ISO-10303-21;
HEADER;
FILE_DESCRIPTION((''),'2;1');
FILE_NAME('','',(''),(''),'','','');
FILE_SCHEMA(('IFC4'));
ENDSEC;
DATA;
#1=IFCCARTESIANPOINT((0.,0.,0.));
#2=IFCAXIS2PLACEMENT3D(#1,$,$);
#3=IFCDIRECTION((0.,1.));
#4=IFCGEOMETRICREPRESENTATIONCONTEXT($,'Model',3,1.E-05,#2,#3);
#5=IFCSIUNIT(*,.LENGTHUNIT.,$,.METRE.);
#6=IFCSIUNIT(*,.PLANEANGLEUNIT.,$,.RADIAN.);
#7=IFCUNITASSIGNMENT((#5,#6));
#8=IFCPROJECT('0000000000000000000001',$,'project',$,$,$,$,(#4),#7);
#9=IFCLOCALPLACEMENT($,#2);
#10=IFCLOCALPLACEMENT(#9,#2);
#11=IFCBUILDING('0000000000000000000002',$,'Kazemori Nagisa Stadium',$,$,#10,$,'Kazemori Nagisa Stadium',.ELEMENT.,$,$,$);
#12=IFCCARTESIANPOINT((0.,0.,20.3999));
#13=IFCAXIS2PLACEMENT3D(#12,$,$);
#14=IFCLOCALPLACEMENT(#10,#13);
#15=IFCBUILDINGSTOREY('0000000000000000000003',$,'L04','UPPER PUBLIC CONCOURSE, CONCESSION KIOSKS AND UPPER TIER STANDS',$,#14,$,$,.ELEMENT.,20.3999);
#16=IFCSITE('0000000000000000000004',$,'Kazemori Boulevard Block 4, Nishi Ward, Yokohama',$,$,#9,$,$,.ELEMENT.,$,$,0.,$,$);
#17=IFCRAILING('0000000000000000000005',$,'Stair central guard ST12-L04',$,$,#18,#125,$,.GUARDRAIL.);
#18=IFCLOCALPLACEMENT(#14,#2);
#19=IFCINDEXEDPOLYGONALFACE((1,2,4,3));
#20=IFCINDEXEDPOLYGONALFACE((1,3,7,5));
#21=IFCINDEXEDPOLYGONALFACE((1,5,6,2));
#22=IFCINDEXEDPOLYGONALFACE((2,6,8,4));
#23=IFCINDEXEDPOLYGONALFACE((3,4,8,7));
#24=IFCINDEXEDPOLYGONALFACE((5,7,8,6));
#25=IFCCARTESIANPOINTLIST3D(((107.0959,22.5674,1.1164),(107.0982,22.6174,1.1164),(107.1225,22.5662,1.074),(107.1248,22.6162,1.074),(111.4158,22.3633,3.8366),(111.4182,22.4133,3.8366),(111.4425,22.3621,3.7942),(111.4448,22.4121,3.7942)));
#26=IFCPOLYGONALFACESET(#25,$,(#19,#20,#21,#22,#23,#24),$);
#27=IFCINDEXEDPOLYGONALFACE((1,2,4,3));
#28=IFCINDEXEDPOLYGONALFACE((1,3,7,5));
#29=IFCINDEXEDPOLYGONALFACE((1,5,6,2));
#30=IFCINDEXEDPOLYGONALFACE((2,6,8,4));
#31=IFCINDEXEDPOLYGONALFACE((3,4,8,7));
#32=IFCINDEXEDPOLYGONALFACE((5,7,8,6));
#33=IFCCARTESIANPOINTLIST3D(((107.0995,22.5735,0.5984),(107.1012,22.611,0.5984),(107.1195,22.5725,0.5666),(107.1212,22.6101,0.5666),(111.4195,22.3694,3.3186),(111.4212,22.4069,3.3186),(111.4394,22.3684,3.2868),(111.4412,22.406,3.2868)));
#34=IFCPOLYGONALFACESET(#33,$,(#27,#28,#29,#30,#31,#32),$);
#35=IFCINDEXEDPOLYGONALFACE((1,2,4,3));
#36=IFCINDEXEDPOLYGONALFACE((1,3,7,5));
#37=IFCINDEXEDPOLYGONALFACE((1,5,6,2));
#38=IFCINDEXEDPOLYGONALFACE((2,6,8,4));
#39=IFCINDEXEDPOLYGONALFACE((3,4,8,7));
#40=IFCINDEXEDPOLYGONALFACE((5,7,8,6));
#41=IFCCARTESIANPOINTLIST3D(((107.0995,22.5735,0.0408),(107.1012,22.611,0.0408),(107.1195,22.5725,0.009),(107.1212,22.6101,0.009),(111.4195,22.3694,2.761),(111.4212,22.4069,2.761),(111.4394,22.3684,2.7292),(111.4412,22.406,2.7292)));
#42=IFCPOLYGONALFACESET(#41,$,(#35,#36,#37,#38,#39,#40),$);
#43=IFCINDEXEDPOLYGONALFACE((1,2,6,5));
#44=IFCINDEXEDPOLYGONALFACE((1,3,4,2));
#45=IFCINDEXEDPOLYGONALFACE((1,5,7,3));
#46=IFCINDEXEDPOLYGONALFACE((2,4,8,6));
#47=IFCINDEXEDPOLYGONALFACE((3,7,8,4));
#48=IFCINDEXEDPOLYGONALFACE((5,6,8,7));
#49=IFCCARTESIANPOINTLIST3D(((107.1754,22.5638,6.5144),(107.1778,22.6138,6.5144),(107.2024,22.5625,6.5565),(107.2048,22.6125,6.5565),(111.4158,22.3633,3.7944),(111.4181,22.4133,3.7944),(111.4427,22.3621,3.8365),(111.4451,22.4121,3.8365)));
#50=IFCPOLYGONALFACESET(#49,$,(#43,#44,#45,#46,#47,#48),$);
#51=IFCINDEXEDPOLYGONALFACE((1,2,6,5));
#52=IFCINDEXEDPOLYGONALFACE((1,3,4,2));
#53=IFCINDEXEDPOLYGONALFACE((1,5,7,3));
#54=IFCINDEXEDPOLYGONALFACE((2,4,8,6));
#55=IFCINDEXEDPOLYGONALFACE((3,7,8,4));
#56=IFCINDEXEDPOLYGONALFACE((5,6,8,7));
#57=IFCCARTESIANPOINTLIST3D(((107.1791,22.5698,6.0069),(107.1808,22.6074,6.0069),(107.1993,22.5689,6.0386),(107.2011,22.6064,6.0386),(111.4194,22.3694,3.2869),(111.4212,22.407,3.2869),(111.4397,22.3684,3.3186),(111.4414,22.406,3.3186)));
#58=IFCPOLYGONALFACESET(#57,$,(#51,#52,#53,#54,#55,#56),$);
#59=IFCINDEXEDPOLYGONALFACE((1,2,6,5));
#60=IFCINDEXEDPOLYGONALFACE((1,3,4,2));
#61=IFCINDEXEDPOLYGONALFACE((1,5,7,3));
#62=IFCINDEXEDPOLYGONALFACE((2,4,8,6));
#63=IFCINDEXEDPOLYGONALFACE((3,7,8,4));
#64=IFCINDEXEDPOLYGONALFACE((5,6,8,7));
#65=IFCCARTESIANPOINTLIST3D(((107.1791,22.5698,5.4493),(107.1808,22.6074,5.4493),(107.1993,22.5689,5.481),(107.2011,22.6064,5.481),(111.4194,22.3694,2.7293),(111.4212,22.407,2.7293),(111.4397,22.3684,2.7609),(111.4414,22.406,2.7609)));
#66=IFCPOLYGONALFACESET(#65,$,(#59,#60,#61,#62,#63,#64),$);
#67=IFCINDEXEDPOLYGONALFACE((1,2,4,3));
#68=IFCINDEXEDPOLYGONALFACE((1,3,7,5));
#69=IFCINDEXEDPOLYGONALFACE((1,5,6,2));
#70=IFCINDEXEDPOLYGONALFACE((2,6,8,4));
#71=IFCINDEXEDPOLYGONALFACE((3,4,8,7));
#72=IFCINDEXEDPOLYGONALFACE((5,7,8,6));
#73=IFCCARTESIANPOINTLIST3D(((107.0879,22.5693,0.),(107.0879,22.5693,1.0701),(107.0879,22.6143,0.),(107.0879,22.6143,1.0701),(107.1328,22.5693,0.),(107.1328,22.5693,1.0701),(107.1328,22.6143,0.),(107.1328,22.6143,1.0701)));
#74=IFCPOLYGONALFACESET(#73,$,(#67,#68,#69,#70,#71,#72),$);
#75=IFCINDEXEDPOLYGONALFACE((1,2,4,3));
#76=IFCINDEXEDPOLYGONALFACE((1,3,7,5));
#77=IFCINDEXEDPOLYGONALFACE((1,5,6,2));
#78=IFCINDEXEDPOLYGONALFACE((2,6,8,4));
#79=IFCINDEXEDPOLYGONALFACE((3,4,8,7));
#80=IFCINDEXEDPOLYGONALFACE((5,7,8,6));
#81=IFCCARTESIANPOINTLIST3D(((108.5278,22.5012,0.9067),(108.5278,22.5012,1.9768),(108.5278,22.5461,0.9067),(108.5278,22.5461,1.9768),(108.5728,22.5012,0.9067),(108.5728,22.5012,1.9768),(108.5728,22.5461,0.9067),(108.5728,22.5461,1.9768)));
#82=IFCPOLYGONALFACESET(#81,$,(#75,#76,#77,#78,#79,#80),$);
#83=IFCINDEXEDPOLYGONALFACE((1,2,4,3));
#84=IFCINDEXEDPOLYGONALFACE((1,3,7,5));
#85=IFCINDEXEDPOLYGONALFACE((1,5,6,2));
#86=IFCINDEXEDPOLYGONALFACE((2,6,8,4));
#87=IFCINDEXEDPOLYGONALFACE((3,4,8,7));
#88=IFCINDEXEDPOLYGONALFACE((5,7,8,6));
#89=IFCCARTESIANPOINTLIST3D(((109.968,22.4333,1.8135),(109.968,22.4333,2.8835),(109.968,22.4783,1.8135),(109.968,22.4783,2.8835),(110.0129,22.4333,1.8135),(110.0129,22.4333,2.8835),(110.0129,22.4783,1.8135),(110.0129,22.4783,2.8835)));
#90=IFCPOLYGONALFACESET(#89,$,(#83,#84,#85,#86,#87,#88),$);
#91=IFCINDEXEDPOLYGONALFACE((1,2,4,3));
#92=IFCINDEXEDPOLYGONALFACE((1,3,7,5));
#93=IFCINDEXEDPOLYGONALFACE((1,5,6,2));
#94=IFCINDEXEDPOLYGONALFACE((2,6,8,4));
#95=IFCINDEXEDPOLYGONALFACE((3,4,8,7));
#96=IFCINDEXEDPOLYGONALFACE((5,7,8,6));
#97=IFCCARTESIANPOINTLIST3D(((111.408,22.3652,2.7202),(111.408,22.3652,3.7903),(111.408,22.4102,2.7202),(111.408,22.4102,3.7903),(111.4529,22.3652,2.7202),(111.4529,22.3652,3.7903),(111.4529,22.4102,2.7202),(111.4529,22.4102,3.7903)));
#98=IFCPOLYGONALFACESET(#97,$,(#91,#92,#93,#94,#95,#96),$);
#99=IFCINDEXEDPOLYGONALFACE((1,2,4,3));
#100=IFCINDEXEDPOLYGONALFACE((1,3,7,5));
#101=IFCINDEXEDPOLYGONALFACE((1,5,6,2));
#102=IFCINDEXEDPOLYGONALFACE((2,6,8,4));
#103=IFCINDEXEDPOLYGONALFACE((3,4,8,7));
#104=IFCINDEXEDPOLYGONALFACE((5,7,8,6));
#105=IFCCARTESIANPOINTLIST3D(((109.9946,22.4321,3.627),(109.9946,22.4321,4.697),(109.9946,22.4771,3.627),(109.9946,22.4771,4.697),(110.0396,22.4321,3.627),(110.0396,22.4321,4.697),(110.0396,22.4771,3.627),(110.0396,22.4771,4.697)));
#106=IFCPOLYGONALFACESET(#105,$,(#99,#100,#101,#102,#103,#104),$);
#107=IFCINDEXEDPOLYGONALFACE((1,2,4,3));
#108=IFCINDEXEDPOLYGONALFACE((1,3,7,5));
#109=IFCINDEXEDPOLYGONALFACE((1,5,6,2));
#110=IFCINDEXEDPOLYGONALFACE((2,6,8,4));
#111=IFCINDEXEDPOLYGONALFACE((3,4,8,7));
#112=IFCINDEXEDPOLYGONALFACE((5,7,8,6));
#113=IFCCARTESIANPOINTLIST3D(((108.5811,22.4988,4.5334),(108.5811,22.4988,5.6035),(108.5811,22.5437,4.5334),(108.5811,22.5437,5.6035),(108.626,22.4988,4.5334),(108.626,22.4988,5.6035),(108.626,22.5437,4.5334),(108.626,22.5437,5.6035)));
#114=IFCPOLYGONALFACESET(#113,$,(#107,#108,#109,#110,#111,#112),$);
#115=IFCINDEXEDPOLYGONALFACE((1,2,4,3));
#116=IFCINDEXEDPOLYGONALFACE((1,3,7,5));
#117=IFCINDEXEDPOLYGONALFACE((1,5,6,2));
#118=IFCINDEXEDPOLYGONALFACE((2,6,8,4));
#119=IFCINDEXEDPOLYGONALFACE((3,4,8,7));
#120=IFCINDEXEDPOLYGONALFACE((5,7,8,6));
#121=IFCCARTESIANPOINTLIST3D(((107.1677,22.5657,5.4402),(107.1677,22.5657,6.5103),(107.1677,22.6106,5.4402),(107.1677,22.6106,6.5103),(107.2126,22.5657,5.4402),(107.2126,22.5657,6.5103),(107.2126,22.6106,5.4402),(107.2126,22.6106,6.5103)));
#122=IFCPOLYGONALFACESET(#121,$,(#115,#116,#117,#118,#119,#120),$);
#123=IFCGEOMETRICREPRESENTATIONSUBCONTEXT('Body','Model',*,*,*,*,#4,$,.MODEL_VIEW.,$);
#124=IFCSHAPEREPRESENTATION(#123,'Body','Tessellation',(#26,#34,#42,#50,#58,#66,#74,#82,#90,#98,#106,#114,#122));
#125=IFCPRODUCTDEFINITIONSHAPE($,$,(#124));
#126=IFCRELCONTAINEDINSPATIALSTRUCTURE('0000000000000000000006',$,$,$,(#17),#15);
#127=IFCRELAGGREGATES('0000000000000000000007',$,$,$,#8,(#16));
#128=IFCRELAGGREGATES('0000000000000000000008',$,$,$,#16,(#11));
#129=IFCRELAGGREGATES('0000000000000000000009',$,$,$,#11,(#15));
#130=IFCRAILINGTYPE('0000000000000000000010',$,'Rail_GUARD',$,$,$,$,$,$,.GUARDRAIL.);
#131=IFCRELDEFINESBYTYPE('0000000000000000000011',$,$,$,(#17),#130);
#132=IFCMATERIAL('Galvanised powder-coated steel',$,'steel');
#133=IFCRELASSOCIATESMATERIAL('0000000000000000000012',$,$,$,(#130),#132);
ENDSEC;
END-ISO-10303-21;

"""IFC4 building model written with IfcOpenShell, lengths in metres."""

from ifc_helpers import new_model, si_unit, direction, frame, origin, origin_2d, place, context, subcontext, project, spatial, rectangle, extrude, material, type_object, element, save


model = new_model("IFC4")

# Units and contexts
model_context = context("Model", 3, precision=1e-05, world=origin(), true_north=direction((0.0, 1.0)))
body_context = subcontext(model_context, "Body", "Model", "MODEL_VIEW")
ifc_project = project(units=[si_unit("LENGTHUNIT", "METRE"), si_unit("PLANEANGLEUNIT", "RADIAN")], contexts=[model_context])

# Site, building, storey
site_placement = place(None, origin())
site = spatial("IfcSite", under=ifc_project, at=site_placement, Name="Kazemori Boulevard Block 4, Nishi Ward, Yokohama", CompositionType="ELEMENT", RefElevation=0.0)
building_placement = place(site_placement, origin())
building = spatial("IfcBuilding", under=site, at=building_placement, Name="Kazemori Nagisa Stadium", LongName="Kazemori Nagisa Stadium", CompositionType="ELEMENT")
storey_placement = place(building_placement, frame((0.0, 0.0, 20.3999)))
storey = spatial("IfcBuildingStorey", under=building, at=storey_placement, Name="L04", Description="UPPER PUBLIC CONCOURSE, CONCESSION KIOSKS AND UPPER TIER STANDS", CompositionType="ELEMENT", Elevation=20.3999)

# Railing
ifc_material_1 = material(Name="Galvanised powder-coated steel", Category="steel")
railing_type_1 = type_object("IfcRailingType", Name="Rail_GUARD", PredefinedType="GUARDRAIL", material=ifc_material_1)
railing_1_placement = place(storey_placement, frame((107.1104, 22.5918, 0.0)))
element("IfcRailing", 1, at=railing_1_placement, inside=storey, type_object=railing_type_1, Name="Stair central guard ST12-L04", PredefinedType="GUARDRAIL", context=body_context, shape_type="SweptSolid", body=[
    extrude(rectangle(XDim=0.05, YDim=0.05, at=origin_2d()), frame((0.0, 0.0, 1.0952), z_axis=(0.845542, -0.039948, 0.532412), x_axis=(0.047192, 0.998886, 0.0)), (0.0, 0.0, 1.0), 5.1091),
    extrude(rectangle(XDim=0.0376, YDim=0.0376, at=origin_2d()), frame((0.0, 0.0, 0.5825), z_axis=(0.845542, -0.039948, 0.532412), x_axis=(0.047192, 0.998886, 0.0)), (0.0, 0.0, 1.0), 5.1091),
    extrude(rectangle(XDim=0.0376, YDim=0.0376, at=origin_2d()), frame((0.0, 0.0, 0.0249), z_axis=(0.845542, -0.039948, 0.532412), x_axis=(0.047192, 0.998886, 0.0)), (0.0, 0.0, 1.0), 5.1091),
    extrude(rectangle(XDim=0.05, YDim=0.05, at=origin_2d()), frame((4.3201, -0.2041, 3.8154), z_axis=(-0.841045, 0.039757, 0.539503), x_axis=(-0.047218, -0.998885, 0.0)), (0.0, 0.0, 1.0), 5.0417),
    extrude(rectangle(XDim=0.0376, YDim=0.0376, at=origin_2d()), frame((4.3201, -0.2041, 3.3027), z_axis=(-0.841045, 0.039757, 0.539503), x_axis=(-0.047218, -0.998885, 0.0)), (0.0, 0.0, 1.0), 5.0417),
    extrude(rectangle(XDim=0.0376, YDim=0.0376, at=origin_2d()), frame((4.3201, -0.2041, 2.7451), z_axis=(-0.841045, 0.039757, 0.539503), x_axis=(-0.047218, -0.998885, 0.0)), (0.0, 0.0, 1.0), 5.0417),
    extrude(rectangle(XDim=0.0449, YDim=0.0449, at=origin_2d()), origin(), (0.0, 0.0, 1.0), 1.0701),
    extrude(rectangle(XDim=0.0449, YDim=0.0449, at=origin_2d()), frame((1.4399, -0.0681, 0.9067)), (0.0, 0.0, 1.0), 1.0701),
    extrude(rectangle(XDim=0.0449, YDim=0.0449, at=origin_2d()), frame((2.8801, -0.136, 1.8135)), (0.0, 0.0, 1.0), 1.0701),
    extrude(rectangle(XDim=0.0449, YDim=0.0449, at=origin_2d()), frame((4.3201, -0.2041, 2.7202)), (0.0, 0.0, 1.0), 1.0701),
    extrude(rectangle(XDim=0.0449, YDim=0.0449, at=origin_2d()), frame((2.9067, -0.1372, 3.627)), (0.0, 0.0, 1.0), 1.0701),
    extrude(rectangle(XDim=0.0449, YDim=0.0449, at=origin_2d()), frame((1.4932, -0.0706, 4.5334)), (0.0, 0.0, 1.0), 1.0701),
    extrude(rectangle(XDim=0.0449, YDim=0.0449, at=origin_2d()), frame((0.0798, -0.0037, 5.4402)), (0.0, 0.0, 1.0), 1.0701),
])

save(model, "model.ifc")
